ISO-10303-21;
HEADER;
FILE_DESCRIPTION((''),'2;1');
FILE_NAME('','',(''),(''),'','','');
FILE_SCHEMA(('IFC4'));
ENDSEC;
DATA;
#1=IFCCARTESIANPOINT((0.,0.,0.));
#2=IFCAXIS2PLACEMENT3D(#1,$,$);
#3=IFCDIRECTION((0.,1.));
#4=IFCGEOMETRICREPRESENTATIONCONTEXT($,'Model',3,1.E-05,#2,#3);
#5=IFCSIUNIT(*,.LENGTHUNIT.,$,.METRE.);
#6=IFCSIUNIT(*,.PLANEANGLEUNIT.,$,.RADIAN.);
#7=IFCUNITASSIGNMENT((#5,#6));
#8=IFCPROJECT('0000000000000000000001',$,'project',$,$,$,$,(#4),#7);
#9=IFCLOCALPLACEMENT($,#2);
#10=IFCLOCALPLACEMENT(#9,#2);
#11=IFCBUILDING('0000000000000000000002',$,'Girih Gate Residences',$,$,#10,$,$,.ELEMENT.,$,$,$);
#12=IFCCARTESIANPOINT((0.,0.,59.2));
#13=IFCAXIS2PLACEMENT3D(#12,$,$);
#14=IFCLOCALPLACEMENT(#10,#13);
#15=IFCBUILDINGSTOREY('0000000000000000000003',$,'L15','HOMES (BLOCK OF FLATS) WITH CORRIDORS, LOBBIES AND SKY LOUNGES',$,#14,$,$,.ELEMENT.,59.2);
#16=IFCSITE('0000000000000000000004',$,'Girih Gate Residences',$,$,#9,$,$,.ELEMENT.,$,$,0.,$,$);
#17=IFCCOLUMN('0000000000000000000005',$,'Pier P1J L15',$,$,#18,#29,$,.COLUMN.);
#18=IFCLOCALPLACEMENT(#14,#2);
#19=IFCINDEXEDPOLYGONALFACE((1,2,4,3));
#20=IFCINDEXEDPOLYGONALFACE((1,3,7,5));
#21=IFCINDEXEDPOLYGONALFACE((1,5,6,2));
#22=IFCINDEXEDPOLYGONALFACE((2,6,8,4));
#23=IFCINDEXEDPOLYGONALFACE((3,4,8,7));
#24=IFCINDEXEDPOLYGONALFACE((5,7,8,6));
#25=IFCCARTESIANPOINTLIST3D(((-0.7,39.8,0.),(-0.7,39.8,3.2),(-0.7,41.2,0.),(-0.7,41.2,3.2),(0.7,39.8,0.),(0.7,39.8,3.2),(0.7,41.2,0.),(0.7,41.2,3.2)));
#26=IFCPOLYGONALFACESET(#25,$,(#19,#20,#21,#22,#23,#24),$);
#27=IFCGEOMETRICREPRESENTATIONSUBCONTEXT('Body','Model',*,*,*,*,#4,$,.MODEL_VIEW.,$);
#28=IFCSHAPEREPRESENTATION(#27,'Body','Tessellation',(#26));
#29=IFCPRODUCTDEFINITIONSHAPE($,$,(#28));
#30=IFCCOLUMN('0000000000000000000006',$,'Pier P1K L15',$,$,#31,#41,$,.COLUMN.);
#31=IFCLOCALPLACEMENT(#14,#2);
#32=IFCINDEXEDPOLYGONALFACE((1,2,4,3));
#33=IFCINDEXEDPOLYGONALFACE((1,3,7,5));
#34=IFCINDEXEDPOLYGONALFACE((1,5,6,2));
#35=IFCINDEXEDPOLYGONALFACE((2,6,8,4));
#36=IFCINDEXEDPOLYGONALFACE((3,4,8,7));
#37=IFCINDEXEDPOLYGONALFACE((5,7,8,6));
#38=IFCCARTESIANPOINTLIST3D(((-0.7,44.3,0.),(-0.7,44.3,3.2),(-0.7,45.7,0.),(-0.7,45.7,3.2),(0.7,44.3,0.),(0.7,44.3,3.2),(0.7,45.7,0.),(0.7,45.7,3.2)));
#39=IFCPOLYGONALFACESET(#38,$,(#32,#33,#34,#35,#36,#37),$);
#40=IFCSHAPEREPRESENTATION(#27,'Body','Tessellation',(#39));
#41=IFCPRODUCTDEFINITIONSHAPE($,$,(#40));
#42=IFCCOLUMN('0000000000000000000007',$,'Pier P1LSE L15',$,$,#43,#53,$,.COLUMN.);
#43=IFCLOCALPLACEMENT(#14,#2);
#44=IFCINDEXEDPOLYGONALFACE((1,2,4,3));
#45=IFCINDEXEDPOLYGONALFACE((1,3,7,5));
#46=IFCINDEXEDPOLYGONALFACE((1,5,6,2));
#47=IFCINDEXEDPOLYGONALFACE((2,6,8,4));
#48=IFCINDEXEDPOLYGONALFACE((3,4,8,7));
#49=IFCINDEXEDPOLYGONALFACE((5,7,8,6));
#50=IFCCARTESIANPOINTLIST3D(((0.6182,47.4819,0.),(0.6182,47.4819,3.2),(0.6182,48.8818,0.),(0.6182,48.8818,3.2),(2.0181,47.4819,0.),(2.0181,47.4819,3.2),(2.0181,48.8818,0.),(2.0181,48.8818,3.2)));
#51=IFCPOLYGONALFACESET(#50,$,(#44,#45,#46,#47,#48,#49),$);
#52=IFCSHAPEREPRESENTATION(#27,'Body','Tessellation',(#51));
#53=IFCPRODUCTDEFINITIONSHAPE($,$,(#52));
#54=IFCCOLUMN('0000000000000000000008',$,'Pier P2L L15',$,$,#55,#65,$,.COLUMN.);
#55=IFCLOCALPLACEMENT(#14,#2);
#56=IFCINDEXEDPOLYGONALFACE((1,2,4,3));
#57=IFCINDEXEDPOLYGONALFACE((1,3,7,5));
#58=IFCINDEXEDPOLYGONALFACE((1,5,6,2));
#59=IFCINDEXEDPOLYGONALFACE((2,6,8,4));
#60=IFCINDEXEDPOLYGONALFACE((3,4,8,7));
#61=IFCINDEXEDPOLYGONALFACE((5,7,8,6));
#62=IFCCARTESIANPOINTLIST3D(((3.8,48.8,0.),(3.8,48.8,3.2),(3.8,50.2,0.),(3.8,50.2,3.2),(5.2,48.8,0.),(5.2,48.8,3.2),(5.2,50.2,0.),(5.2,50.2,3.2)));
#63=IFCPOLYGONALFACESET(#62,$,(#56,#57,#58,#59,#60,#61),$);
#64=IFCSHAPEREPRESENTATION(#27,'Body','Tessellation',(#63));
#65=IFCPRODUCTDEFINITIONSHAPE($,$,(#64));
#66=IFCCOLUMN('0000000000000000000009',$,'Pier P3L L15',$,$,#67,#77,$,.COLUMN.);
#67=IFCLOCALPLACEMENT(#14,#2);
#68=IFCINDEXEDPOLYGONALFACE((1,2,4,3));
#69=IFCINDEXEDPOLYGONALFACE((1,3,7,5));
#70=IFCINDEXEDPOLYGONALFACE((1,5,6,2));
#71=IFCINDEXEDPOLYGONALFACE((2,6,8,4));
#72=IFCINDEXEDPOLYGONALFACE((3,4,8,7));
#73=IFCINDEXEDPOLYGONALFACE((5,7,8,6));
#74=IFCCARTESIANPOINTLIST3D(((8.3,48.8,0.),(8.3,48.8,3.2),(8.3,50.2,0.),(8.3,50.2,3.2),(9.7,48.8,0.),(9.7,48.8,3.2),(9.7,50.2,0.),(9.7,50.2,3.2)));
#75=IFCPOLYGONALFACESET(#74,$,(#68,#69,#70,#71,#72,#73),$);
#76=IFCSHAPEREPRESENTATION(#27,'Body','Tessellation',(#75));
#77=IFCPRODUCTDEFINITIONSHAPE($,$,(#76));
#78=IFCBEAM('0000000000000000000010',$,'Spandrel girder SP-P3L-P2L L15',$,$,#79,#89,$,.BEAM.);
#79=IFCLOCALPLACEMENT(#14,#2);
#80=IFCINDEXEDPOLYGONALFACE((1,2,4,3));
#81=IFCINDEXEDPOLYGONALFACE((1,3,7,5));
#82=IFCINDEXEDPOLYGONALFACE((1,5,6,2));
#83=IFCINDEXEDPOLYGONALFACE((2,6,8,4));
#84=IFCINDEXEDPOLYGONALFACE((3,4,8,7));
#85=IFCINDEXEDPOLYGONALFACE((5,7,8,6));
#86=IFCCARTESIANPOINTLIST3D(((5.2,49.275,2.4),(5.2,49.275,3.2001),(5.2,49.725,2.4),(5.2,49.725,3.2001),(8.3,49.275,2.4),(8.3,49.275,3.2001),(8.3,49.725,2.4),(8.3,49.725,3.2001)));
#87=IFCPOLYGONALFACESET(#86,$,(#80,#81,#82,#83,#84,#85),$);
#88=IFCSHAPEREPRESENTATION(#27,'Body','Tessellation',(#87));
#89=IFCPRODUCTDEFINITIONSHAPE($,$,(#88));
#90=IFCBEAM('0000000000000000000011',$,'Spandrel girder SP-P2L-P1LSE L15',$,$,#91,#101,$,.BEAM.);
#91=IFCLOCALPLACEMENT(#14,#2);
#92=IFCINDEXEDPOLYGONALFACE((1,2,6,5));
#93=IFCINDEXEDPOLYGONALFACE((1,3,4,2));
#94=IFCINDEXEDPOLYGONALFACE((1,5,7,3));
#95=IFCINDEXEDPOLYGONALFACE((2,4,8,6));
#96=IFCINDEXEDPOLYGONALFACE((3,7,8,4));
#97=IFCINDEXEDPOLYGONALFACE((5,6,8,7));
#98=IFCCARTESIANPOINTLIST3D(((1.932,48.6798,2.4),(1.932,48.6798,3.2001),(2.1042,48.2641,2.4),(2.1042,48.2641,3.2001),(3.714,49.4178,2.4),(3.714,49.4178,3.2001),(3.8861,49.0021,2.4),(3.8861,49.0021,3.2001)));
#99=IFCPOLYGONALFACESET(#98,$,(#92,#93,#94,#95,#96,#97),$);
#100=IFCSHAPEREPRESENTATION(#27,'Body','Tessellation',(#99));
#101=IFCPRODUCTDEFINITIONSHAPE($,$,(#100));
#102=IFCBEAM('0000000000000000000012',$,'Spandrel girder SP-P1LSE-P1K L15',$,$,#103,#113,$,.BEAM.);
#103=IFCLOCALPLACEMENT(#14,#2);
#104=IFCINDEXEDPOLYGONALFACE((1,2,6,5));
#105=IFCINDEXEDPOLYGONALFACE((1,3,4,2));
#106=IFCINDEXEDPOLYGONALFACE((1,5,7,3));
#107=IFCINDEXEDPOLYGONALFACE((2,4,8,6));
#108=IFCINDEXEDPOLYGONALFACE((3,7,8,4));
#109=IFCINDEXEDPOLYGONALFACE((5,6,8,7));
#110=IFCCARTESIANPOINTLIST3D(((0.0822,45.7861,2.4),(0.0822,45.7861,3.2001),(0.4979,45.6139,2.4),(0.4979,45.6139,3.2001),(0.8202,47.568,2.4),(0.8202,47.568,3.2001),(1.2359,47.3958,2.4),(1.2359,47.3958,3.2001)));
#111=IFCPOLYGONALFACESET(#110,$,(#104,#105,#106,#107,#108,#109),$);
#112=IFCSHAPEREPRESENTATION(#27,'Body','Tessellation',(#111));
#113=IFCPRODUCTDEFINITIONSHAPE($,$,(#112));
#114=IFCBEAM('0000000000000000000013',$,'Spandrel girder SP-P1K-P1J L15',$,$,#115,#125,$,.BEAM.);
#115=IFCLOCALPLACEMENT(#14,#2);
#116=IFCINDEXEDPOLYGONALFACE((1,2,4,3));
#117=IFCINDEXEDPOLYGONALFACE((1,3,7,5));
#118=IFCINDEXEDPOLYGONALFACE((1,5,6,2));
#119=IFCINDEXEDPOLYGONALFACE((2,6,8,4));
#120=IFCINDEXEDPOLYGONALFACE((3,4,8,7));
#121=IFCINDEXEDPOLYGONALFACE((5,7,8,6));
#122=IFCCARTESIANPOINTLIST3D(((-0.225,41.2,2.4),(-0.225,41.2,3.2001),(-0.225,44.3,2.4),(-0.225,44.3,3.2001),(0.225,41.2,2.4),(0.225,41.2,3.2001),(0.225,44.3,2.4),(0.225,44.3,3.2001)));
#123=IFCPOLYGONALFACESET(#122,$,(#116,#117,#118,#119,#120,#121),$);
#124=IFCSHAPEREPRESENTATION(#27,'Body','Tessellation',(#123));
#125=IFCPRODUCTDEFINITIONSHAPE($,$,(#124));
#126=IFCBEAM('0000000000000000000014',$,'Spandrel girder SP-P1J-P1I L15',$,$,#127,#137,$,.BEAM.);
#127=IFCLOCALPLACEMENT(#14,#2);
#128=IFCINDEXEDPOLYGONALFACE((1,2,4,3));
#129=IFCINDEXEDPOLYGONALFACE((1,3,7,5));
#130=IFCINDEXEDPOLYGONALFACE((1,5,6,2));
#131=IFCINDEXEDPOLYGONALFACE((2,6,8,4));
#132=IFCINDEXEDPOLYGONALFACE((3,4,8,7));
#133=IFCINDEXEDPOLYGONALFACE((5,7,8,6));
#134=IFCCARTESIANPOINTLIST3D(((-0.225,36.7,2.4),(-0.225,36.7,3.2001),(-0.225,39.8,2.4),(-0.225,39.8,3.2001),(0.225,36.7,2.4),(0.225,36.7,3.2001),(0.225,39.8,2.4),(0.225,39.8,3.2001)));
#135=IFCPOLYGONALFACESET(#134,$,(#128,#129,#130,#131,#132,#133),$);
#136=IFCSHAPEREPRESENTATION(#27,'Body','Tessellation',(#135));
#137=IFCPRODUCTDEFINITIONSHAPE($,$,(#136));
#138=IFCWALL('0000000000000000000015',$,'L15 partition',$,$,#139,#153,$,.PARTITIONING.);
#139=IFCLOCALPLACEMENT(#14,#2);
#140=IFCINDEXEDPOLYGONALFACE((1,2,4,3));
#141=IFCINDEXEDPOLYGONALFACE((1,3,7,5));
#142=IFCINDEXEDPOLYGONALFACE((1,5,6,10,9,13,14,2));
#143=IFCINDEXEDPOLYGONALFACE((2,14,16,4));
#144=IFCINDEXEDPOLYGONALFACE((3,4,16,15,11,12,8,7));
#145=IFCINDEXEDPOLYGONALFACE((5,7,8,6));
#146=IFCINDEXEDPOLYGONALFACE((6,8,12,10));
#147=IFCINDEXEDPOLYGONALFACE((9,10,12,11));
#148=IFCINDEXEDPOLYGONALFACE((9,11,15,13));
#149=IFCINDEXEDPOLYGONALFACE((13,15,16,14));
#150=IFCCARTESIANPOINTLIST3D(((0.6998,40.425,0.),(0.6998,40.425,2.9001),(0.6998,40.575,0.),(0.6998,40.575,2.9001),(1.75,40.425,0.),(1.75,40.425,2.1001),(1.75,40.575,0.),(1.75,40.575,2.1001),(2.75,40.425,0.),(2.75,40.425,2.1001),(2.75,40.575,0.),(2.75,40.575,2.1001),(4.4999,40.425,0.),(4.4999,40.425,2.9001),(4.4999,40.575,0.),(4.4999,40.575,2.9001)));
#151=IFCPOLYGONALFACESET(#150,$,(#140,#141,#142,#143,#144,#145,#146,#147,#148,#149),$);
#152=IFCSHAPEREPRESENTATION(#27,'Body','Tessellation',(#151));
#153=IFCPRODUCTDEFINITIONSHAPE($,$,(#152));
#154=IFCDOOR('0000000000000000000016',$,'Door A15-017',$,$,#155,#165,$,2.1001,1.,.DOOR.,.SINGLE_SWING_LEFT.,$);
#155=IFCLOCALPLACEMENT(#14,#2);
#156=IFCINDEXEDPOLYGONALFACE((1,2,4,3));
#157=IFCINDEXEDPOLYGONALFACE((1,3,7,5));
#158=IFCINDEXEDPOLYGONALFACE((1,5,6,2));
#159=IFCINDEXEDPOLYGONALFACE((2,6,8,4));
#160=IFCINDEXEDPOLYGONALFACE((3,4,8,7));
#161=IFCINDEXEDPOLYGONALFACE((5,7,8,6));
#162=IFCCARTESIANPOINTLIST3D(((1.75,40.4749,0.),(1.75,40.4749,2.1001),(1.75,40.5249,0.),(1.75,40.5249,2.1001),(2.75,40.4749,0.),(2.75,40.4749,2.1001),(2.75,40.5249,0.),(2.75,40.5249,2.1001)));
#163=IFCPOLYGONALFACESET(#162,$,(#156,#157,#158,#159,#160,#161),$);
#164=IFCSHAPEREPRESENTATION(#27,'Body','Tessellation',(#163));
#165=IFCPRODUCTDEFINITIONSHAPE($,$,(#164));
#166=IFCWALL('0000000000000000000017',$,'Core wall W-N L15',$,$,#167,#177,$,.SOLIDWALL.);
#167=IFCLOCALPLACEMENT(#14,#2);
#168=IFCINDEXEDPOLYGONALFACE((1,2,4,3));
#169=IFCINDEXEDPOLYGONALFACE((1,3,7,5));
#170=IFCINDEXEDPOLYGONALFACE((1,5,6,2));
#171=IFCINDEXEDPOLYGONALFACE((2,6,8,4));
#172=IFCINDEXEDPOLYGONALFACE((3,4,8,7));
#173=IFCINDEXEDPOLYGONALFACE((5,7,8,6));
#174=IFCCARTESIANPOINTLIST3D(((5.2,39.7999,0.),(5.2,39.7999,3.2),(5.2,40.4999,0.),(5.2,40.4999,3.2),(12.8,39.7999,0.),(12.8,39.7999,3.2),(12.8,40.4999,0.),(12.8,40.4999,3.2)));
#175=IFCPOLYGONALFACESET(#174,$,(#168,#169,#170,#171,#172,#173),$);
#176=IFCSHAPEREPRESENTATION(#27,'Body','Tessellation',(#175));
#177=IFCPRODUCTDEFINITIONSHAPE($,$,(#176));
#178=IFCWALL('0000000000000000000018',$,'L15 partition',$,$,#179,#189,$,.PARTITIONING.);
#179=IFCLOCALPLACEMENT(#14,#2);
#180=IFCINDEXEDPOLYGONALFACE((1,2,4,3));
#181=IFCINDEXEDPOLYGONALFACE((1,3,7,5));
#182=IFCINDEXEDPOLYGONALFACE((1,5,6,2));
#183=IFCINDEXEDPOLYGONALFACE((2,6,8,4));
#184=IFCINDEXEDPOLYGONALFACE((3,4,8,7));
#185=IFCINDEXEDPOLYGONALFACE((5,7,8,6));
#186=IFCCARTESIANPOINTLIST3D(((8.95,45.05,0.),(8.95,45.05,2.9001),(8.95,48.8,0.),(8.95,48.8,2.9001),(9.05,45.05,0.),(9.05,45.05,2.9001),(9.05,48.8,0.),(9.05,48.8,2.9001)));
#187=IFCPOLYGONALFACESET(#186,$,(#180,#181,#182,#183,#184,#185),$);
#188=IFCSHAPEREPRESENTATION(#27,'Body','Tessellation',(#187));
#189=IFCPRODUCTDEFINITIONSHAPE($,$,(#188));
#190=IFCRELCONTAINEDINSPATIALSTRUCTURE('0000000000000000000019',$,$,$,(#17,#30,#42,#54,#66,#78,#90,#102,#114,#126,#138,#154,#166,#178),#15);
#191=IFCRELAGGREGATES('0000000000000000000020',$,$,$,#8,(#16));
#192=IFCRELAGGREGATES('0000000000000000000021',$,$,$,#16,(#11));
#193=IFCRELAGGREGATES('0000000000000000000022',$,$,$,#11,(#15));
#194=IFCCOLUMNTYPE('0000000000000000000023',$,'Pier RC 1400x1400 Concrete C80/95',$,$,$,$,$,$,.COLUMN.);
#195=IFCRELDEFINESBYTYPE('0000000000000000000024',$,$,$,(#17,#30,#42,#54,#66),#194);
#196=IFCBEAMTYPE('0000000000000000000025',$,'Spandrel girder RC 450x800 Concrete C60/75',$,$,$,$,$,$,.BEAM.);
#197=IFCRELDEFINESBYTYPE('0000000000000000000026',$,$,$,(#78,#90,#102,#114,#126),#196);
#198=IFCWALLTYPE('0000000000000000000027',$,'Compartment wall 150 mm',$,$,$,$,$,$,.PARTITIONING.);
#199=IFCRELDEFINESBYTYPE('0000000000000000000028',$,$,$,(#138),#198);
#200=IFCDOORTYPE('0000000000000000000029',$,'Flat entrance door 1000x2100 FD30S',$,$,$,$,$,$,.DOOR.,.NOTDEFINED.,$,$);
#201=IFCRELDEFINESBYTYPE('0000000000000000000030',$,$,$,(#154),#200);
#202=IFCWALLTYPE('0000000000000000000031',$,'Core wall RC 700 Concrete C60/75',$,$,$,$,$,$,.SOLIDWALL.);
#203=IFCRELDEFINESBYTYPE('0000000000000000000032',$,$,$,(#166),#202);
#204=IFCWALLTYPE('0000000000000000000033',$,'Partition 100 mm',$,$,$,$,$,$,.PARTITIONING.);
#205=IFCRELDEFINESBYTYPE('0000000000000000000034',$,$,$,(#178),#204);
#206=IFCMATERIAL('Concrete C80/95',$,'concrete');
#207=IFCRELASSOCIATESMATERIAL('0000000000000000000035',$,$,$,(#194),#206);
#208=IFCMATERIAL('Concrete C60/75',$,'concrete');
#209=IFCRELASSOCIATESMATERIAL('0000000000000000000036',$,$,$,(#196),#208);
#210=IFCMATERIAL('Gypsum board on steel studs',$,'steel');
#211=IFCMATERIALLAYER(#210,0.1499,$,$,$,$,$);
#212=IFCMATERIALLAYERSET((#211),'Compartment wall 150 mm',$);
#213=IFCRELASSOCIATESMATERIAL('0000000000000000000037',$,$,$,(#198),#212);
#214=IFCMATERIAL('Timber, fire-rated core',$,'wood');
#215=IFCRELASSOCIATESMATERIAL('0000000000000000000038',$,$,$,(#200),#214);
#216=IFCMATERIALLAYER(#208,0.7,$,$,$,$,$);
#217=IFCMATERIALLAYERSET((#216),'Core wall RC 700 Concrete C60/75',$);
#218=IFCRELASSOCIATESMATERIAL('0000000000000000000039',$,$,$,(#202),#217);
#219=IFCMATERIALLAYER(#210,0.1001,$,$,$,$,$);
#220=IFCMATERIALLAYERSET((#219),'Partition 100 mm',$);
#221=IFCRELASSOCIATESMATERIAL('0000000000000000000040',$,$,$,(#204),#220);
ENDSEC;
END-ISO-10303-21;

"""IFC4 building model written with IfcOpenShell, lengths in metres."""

from ifc_helpers import new_model, si_unit, direction, frame, frame_2d, origin, origin_2d, place, context, subcontext, project, spatial, rectangle, extrude, material, layer, layer_set, material_profile, profile_set, type_object, element, fill, save


model = new_model("IFC4")

# Units and contexts
model_context = context("Model", 3, precision=1e-05, world=origin(), true_north=direction((0.0, 1.0)))
body_context = subcontext(model_context, "Body", "Model", "MODEL_VIEW")
ifc_project = project(units=[si_unit("LENGTHUNIT", "METRE"), si_unit("PLANEANGLEUNIT", "RADIAN")], contexts=[model_context])

# Site, building, storey
site_placement = place(None, origin())
site = spatial("IfcSite", under=ifc_project, at=site_placement, Name="Girih Gate Residences", CompositionType="ELEMENT", RefElevation=0.0)
building_placement = place(site_placement, origin())
building = spatial("IfcBuilding", under=site, at=building_placement, Name="Girih Gate Residences", CompositionType="ELEMENT")
storey_placement = place(building_placement, frame((0.0, 0.0, 59.2)))
storey = spatial("IfcBuildingStorey", under=building, at=storey_placement, Name="L15", Description="HOMES (BLOCK OF FLATS) WITH CORRIDORS, LOBBIES AND SKY LOUNGES", CompositionType="ELEMENT", Elevation=59.2)

# Columns
ifc_material_1 = material(Name="Concrete C80/95", Category="concrete")
ifc_material_profile_1 = material_profile(ifc_material_1, rectangle(XDim=1.3999, YDim=1.3999, at=origin_2d()))
ifc_profile_set_1 = profile_set([ifc_material_profile_1], Name="Concrete C80/95")
column_type = type_object("IfcColumnType", Name="Pier RC 1400x1400 Concrete C80/95", PredefinedType="COLUMN", material=ifc_profile_set_1)
for number, where, z_axis, x_axis, name in (
    (1, (0.0, 40.5, 0.0), (0.0, 0.0, 1.0), (1.0, 0.0, 0.0), "Pier P1J L15"),
    (2, (0.0, 45.0, 0.0), (0.0, 0.0, 1.0), (1.0, 0.0, 0.0), "Pier P1K L15"),
    (3, (1.3181, 48.1819, 0.0), (0.0, 0.0, 1.0), (1.0, 0.0, 0.0), "Pier P1LSE L15"),
    (4, (4.5, 49.5, 0.0), (0.0, 0.0, 1.0), (1.0, 0.0, 0.0), "Pier P2L L15"),
    (5, (9.0, 49.5, 0.0), (0.0, 0.0, 1.0), (1.0, 0.0, 0.0), "Pier P3L L15"),
):
    element("IfcColumn", number, at=place(storey_placement, frame(where, z_axis=z_axis, x_axis=x_axis)), inside=storey, type_object=column_type, Name=name, PredefinedType="COLUMN", context=body_context, shape_type="SweptSolid", body=[
        extrude(rectangle(XDim=1.3999, YDim=1.3999, at=origin_2d()), origin(), (0.0, 0.0, 1.0), 3.2),
    ])

# Beams
ifc_material_2 = material(Name="Concrete C60/75", Category="concrete")
ifc_material_profile_2 = material_profile(ifc_material_2, rectangle(XDim=0.45, YDim=0.8, at=origin_2d()))
ifc_profile_set_2 = profile_set([ifc_material_profile_2], Name="Concrete C60/75")
beam_type = type_object("IfcBeamType", Name="Spandrel girder RC 450x800 Concrete C60/75", PredefinedType="BEAM", material=ifc_profile_set_2)
beam_placement = place(storey_placement, frame((8.3, 49.5, 2.8), z_axis=(-1.0, 0.0, 0.0), x_axis=(0.0, -1.0, 0.0)))
element("IfcBeam", 6, at=beam_placement, inside=storey, type_object=beam_type, Name="Spandrel girder SP-P3L-P2L L15", PredefinedType="BEAM", context=body_context, shape_type="SweptSolid", body=[
    extrude(rectangle(XDim=0.45, YDim=0.8, at=origin_2d()), origin(), (0.0, 0.0, 1.0), 3.1001),
])
for number, where, z_axis, x_axis, name in (
    (7, (3.8, 49.21, 2.8), (-0.923895, -0.382646, 0.0), (0.382646, -0.923895, 0.0), "Spandrel girder SP-P2L-P1LSE L15"),
    (8, (1.0281, 47.4819, 2.8), (-0.382646, -0.923895, 0.0), (0.923895, -0.382646, 0.0), "Spandrel girder SP-P1LSE-P1K L15"),
):
    element("IfcBeam", number, at=place(storey_placement, frame(where, z_axis=z_axis, x_axis=x_axis)), inside=storey, type_object=beam_type, Name=name, PredefinedType="BEAM", context=body_context, shape_type="SweptSolid", body=[
        extrude(rectangle(XDim=0.45, YDim=0.8, at=origin_2d()), origin(), (0.0, 0.0, 1.0), 1.9287),
    ])
for number, where, z_axis, x_axis, name in (
    (9, (0.0, 44.3, 2.8), (0.0, -1.0, 0.0), (1.0, 0.0, 0.0), "Spandrel girder SP-P1K-P1J L15"),
    (10, (0.0, 39.8, 2.8), (0.0, -1.0, 0.0), (1.0, 0.0, 0.0), "Spandrel girder SP-P1J-P1I L15"),
):
    element("IfcBeam", number, at=place(storey_placement, frame(where, z_axis=z_axis, x_axis=x_axis)), inside=storey, type_object=beam_type, Name=name, PredefinedType="BEAM", context=body_context, shape_type="SweptSolid", body=[
        extrude(rectangle(XDim=0.45, YDim=0.8, at=origin_2d()), origin(), (0.0, 0.0, 1.0), 3.1001),
    ])

# Wall, opening, door
ifc_material_3 = material(Name="Gypsum board on steel studs", Category="steel")
ifc_layer_1 = layer(ifc_material_3, 0.1499)
ifc_layer_set_1 = layer_set([ifc_layer_1], Name="Compartment wall 150 mm")
wall_type_1 = type_object("IfcWallType", Name="Compartment wall 150 mm", PredefinedType="PARTITIONING", material=ifc_layer_set_1)
wall_1_placement = place(storey_placement, frame((0.7, 40.5, 0.0), z_axis=(0.0, 0.0, 1.0), x_axis=(1.0, 0.0, 0.0)))
wall_1 = element("IfcWall", 11, at=wall_1_placement, inside=storey, type_object=wall_type_1, Name="L15 partition", PredefinedType="PARTITIONING", context=body_context, shape_type="SweptSolid", body=[
    extrude(rectangle(XDim=3.8, YDim=0.1499, at=frame_2d((1.8999, 0.0))), origin(), (0.0, 0.0, 1.0), 2.9001),
])
opening_1_placement = place(wall_1_placement, frame((1.05, 0.0, 0.0)))
opening_1 = element("IfcOpeningElement", 12, at=opening_1_placement, cuts=wall_1, PredefinedType="OPENING", context=body_context, shape_type="SweptSolid", body=[
    extrude(rectangle(XDim=1.0, YDim=2.1001, at=frame_2d((0.5, 1.05))), frame((0.0, 0.085, 0.0), z_axis=(0.0, -1.0, 0.0), x_axis=(1.0, 0.0, 0.0)), (0.0, 0.0, 1.0), 0.1699),
])
ifc_material_4 = material(Name="Timber, fire-rated core", Category="wood")
door_type_1 = type_object("IfcDoorType", Name="Flat entrance door 1000x2100 FD30S", OperationType="NOTDEFINED", PredefinedType="DOOR", material=ifc_material_4)
door_1_placement = place(opening_1_placement, origin())
door_1 = element("IfcDoor", 13, at=door_1_placement, inside=storey, type_object=door_type_1, Name="Door A15-017", OperationType="SINGLE_SWING_LEFT", OverallHeight=2.1001, OverallWidth=1.0, PredefinedType="DOOR", context=body_context, shape_type="SweptSolid", body=[
    extrude(rectangle(XDim=1.0, YDim=2.1001, at=frame_2d((0.5, 1.05))), frame((0.0, 0.0249, 0.0), z_axis=(0.0, -1.0, 0.0), x_axis=(1.0, 0.0, 0.0)), (0.0, 0.0, 1.0), 0.05),
])
fill(opening_1, door_1)

# Walls
ifc_layer_2 = layer(ifc_material_2, 0.7)
ifc_layer_set_2 = layer_set([ifc_layer_2], Name="Core wall RC 700 Concrete C60/75")
wall_type_2 = type_object("IfcWallType", Name="Core wall RC 700 Concrete C60/75", PredefinedType="SOLIDWALL", material=ifc_layer_set_2)
wall_2_placement = place(storey_placement, frame((5.2, 40.1499, 0.0), z_axis=(0.0, 0.0, 1.0), x_axis=(1.0, 0.0, 0.0)))
element("IfcWall", 14, at=wall_2_placement, inside=storey, type_object=wall_type_2, Name="Core wall W-N L15", PredefinedType="SOLIDWALL", context=body_context, shape_type="SweptSolid", body=[
    extrude(rectangle(XDim=7.6001, YDim=0.7, at=frame_2d((3.8, 0.0))), origin(), (0.0, 0.0, 1.0), 3.2),
])
ifc_layer_3 = layer(ifc_material_3, 0.1001)
ifc_layer_set_3 = layer_set([ifc_layer_3], Name="Partition 100 mm")
wall_type_3 = type_object("IfcWallType", Name="Partition 100 mm", PredefinedType="PARTITIONING", material=ifc_layer_set_3)
wall_3_placement = place(storey_placement, frame((9.0, 45.05, 0.0), z_axis=(0.0, 0.0, 1.0), x_axis=(0.0, 1.0, 0.0)))
element("IfcWall", 15, at=wall_3_placement, inside=storey, type_object=wall_type_3, Name="L15 partition", PredefinedType="PARTITIONING", context=body_context, shape_type="SweptSolid", body=[
    extrude(rectangle(XDim=3.75, YDim=0.1001, at=frame_2d((1.875, 0.0))), origin(), (0.0, 0.0, 1.0), 2.9001),
])

save(model, "model.ifc")
